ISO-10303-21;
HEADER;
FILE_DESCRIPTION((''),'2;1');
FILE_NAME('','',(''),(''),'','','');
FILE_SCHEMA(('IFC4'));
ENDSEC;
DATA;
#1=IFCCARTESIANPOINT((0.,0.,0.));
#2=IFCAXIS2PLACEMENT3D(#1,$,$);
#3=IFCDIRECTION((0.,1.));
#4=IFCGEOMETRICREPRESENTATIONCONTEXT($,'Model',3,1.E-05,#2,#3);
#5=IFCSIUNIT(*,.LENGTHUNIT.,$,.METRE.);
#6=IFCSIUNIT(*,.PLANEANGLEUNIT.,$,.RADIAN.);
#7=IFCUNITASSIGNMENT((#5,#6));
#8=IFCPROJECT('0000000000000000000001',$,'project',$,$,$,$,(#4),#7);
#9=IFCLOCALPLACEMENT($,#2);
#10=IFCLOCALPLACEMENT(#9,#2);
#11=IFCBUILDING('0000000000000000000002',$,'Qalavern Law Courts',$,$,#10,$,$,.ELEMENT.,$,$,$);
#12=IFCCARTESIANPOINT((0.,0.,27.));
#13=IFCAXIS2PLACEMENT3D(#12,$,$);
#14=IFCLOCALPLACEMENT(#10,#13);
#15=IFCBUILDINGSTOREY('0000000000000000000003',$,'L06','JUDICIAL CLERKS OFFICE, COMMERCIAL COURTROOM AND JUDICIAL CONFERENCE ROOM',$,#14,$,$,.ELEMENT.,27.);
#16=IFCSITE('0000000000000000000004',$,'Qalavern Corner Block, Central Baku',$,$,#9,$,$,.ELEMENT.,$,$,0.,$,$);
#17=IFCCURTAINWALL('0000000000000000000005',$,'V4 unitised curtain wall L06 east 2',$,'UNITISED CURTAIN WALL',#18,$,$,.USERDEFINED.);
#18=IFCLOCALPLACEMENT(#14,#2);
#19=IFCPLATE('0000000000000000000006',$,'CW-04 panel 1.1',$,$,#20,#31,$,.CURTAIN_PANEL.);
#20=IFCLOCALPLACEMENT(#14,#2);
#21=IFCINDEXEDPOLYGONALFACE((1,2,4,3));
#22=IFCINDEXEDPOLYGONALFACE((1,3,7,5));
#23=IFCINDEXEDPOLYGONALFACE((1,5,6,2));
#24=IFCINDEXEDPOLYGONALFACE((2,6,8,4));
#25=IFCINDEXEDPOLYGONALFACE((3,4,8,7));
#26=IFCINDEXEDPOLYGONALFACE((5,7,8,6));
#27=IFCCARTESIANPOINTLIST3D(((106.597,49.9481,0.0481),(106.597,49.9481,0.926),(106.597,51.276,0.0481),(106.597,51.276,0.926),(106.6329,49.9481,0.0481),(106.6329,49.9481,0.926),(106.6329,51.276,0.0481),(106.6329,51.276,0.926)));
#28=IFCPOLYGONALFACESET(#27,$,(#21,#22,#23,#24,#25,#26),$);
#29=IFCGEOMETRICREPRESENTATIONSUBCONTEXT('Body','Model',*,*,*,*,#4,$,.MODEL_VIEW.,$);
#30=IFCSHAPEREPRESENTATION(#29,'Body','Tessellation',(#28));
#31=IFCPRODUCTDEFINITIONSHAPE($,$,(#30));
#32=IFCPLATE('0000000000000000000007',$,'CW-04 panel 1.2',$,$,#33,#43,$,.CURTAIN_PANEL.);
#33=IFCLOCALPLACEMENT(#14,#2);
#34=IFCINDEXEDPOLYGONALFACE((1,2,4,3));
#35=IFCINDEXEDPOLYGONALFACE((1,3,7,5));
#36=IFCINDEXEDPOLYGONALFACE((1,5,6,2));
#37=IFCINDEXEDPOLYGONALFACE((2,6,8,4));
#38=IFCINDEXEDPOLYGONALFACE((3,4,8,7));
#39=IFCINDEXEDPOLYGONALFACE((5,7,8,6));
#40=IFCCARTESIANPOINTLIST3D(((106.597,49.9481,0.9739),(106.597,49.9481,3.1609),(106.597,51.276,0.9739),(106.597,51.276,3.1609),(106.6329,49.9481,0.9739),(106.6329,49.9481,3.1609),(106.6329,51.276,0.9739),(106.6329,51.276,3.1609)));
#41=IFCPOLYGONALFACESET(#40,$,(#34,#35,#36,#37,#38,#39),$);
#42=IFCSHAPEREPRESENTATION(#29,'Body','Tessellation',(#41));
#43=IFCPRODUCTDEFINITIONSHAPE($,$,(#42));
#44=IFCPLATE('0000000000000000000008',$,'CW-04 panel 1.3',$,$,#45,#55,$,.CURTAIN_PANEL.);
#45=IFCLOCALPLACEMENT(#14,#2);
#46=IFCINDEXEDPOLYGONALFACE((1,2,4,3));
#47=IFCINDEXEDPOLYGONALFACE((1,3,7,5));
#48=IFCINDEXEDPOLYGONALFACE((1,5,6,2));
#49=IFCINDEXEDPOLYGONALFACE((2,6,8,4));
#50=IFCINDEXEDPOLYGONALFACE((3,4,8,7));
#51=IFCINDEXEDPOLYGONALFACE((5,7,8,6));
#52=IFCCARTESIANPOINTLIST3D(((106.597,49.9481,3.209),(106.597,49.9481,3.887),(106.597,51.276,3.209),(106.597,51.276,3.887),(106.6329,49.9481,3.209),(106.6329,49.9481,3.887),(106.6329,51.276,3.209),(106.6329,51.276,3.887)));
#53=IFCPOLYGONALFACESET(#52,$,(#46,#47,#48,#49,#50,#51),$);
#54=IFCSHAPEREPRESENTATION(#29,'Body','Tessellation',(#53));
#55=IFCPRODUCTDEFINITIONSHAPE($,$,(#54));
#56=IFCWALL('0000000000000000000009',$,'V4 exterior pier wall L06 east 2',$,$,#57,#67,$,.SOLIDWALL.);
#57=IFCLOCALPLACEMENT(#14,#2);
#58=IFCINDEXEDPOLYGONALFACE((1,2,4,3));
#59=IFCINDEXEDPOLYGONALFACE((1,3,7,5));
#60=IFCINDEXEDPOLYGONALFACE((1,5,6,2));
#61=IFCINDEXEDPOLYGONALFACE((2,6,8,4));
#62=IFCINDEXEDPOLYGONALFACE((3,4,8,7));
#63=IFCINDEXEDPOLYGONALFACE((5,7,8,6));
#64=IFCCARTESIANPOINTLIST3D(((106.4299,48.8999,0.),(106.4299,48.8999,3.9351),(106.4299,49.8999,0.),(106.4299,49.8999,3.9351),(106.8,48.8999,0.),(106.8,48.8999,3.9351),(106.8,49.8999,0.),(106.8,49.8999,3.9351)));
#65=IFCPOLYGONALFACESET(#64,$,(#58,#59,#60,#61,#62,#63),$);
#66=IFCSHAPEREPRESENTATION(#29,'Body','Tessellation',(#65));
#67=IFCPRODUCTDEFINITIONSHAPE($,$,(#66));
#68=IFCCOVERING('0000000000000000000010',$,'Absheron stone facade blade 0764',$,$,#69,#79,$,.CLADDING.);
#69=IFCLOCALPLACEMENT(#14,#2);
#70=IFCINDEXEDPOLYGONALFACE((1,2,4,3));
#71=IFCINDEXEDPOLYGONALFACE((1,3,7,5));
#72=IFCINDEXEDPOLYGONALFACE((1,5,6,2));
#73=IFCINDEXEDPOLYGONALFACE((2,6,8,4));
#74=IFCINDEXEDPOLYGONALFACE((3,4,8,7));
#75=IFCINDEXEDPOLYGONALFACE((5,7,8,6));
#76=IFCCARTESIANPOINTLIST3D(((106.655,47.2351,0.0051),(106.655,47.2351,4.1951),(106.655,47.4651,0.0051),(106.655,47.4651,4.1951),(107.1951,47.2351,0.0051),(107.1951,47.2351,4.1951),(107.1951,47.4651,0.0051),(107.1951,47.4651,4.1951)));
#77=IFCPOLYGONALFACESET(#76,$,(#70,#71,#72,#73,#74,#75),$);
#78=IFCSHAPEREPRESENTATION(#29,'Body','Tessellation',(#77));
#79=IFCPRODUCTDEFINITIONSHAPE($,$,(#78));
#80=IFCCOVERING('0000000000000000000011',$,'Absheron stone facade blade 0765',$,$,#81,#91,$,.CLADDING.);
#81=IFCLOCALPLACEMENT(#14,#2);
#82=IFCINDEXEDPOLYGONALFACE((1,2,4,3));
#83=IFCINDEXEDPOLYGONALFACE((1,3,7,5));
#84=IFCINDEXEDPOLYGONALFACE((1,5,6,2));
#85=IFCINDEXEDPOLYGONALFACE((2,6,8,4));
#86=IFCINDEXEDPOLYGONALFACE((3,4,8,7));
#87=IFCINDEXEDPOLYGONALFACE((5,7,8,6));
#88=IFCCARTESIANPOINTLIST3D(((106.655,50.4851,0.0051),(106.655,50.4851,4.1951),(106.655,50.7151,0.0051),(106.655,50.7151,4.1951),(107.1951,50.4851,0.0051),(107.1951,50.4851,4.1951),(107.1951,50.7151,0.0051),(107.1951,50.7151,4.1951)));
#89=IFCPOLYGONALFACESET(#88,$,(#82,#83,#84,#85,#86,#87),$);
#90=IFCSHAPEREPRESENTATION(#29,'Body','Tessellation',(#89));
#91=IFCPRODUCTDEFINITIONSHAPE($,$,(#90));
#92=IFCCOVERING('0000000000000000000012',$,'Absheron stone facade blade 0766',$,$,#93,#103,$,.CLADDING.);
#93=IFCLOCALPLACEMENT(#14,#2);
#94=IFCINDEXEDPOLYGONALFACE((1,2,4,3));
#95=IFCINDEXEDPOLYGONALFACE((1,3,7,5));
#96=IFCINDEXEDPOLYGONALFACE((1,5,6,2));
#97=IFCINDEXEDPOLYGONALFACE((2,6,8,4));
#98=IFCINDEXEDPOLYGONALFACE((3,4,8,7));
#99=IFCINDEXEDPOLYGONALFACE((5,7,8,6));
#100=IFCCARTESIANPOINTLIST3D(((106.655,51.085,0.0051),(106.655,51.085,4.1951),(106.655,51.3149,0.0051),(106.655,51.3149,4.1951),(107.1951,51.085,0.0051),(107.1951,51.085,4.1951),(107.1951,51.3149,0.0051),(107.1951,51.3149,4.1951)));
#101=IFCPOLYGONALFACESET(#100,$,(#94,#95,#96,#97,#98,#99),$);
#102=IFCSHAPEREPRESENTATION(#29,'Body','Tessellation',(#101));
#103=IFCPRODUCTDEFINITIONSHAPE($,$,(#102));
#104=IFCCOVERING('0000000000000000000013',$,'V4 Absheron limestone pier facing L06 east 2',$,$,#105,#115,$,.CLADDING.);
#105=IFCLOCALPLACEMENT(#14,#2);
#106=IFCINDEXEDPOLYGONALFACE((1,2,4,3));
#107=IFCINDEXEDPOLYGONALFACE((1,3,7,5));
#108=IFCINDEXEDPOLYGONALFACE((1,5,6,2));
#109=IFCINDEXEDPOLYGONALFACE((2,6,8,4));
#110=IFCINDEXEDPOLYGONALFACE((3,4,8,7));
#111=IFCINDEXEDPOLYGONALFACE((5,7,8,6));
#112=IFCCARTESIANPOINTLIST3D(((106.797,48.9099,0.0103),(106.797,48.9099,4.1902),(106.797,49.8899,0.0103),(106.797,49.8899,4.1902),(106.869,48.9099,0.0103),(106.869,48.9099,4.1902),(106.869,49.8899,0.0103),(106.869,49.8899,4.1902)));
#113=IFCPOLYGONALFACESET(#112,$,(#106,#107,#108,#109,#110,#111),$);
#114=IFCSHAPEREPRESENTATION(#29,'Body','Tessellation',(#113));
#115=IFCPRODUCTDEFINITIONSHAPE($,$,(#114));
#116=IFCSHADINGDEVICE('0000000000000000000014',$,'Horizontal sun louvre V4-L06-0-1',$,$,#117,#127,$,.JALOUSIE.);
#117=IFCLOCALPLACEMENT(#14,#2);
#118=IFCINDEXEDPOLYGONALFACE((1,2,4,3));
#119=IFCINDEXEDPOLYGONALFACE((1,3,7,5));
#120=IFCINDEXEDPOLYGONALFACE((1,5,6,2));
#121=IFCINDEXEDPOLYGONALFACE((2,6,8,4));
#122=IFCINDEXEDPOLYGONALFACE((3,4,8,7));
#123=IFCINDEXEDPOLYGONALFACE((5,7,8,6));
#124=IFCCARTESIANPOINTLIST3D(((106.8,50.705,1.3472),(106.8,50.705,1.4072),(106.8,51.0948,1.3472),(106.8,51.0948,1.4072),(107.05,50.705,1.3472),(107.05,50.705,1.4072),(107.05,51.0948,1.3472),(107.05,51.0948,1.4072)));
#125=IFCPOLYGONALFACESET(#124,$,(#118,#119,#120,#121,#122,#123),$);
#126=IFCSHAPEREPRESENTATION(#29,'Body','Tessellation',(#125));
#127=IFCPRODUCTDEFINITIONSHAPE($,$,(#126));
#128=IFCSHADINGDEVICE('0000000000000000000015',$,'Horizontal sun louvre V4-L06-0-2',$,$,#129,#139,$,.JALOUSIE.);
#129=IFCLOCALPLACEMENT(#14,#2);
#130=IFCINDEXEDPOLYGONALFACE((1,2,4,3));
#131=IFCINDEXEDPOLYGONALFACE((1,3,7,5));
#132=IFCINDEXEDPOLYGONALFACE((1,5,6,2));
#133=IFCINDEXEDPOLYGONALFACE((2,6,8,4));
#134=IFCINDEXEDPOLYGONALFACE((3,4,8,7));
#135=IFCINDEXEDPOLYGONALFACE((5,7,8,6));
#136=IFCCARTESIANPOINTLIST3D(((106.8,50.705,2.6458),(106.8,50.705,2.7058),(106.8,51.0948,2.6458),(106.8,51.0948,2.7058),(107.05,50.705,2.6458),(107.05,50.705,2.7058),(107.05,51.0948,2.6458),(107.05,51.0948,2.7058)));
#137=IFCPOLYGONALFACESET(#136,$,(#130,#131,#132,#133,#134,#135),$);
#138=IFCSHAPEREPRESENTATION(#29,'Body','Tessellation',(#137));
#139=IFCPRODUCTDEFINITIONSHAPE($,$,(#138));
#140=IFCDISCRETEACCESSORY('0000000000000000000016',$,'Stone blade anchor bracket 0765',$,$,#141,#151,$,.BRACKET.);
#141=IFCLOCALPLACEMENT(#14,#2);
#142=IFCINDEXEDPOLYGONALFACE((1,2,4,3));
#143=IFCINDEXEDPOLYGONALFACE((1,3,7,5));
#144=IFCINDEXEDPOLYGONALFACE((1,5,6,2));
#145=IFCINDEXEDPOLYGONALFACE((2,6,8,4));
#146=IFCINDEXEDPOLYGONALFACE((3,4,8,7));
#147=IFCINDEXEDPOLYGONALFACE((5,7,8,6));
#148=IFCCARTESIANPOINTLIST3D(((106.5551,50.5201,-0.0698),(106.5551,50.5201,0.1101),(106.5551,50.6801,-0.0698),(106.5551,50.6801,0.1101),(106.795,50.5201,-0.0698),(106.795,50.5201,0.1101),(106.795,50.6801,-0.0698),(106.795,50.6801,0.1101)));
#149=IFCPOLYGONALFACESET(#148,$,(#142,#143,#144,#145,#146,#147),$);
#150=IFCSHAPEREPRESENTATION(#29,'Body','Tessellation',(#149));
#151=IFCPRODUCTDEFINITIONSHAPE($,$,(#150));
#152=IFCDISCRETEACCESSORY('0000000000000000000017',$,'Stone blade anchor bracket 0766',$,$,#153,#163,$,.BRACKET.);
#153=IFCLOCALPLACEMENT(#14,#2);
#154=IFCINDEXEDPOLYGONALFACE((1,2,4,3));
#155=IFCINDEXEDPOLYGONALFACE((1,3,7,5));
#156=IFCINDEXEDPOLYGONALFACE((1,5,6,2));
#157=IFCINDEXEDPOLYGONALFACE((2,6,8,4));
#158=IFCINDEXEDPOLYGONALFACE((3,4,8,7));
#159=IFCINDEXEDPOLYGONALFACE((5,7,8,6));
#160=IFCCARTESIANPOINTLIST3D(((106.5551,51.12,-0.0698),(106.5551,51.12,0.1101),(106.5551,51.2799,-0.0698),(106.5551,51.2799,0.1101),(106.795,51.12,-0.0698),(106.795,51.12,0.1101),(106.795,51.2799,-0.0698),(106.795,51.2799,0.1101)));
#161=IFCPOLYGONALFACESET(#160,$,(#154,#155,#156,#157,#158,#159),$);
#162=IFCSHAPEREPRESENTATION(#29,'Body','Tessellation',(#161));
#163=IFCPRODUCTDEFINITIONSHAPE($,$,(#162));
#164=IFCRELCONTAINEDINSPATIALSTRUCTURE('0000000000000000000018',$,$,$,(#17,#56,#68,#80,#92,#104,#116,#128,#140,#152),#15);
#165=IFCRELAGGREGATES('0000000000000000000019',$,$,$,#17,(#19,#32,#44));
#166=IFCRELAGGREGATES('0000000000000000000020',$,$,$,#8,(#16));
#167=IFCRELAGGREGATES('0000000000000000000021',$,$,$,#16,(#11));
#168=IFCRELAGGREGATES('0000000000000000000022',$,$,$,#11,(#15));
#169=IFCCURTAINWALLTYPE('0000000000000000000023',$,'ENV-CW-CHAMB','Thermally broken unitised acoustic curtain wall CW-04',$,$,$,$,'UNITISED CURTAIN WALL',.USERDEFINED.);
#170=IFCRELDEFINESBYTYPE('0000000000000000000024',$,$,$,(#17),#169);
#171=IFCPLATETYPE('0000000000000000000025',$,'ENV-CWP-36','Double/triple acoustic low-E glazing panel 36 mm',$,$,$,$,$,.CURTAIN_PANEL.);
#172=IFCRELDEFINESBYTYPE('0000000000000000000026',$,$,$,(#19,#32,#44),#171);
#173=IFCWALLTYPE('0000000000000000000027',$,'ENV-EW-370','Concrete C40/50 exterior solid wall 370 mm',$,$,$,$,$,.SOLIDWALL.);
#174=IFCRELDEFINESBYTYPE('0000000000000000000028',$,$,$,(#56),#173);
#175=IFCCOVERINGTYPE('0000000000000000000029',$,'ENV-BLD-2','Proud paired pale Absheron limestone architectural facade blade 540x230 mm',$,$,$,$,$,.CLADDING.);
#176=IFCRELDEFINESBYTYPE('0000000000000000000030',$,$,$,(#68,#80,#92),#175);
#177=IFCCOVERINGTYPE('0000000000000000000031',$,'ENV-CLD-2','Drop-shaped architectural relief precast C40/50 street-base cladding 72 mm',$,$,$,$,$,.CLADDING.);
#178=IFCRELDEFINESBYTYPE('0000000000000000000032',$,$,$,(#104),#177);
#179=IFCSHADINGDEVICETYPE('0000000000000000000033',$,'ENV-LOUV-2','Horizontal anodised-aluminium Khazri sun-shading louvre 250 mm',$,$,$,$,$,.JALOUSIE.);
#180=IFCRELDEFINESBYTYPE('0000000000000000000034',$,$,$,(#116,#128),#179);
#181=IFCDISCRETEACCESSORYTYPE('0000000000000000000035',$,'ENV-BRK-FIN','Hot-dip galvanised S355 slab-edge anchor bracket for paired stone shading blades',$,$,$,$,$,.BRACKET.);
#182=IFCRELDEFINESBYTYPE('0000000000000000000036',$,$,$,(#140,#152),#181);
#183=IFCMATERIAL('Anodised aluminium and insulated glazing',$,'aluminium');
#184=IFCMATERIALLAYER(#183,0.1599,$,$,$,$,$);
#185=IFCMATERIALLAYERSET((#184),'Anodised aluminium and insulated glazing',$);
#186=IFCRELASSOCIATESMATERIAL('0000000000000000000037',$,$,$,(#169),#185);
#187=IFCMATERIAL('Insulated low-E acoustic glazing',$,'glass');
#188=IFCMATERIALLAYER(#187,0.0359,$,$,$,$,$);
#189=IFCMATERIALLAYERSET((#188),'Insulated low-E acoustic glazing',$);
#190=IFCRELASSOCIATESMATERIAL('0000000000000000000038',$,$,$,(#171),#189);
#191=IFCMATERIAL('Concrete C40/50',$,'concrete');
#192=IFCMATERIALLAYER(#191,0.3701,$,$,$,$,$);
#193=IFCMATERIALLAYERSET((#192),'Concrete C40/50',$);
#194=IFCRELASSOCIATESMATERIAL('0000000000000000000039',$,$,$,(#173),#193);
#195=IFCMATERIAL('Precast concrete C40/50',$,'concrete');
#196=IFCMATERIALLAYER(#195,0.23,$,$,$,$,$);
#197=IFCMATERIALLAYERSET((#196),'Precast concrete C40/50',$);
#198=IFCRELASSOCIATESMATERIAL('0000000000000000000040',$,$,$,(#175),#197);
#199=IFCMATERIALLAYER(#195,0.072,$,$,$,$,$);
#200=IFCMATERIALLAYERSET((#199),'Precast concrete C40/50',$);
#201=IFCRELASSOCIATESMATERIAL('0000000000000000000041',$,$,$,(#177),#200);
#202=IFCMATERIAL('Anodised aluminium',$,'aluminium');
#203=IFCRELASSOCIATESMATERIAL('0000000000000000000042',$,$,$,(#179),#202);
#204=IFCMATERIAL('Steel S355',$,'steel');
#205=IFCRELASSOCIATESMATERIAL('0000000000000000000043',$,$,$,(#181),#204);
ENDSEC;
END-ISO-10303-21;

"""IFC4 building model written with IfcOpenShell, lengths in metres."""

from ifc_helpers import new_model, si_unit, direction, frame, frame_2d, origin, origin_2d, place, context, subcontext, project, spatial, rectangle, extrude, material, layer, layer_set, type_object, element, aggregate, save


model = new_model("IFC4")

# Units and contexts
model_context = context("Model", 3, precision=1e-05, world=origin(), true_north=direction((0.0, 1.0)))
body_context = subcontext(model_context, "Body", "Model", "MODEL_VIEW")
ifc_project = project(units=[si_unit("LENGTHUNIT", "METRE"), si_unit("PLANEANGLEUNIT", "RADIAN")], contexts=[model_context])

# Site, building, storey
site_placement = place(None, origin())
site = spatial("IfcSite", under=ifc_project, at=site_placement, Name="Qalavern Corner Block, Central Baku", CompositionType="ELEMENT", RefElevation=0.0)
building_placement = place(site_placement, origin())
building = spatial("IfcBuilding", under=site, at=building_placement, Name="Qalavern Law Courts", CompositionType="ELEMENT")
storey_placement = place(building_placement, frame((0.0, 0.0, 27.0)))
storey = spatial("IfcBuildingStorey", under=building, at=storey_placement, Name="L06", Description="JUDICIAL CLERKS OFFICE, COMMERCIAL COURTROOM AND JUDICIAL CONFERENCE ROOM", CompositionType="ELEMENT", Elevation=27.0)

# Curtain wall
ifc_material_1 = material(Name="Anodised aluminium and insulated glazing", Category="aluminium")
ifc_layer_1 = layer(ifc_material_1, 0.1599)
ifc_layer_set_1 = layer_set([ifc_layer_1], Name="Anodised aluminium and insulated glazing")
curtain_wall_type = type_object("IfcCurtainWallType", Name="ENV-CW-CHAMB", Description="Thermally broken unitised acoustic curtain wall CW-04", ElementType="UNITISED CURTAIN WALL", PredefinedType="USERDEFINED", material=ifc_layer_set_1)
ifc_material_2 = material(Name="Anodised aluminium", Category="aluminium")
curtain_wall_1_placement = place(storey_placement, origin())
curtain_wall_1 = element("IfcCurtainWall", 1, at=curtain_wall_1_placement, inside=storey, type_object=curtain_wall_type, Name="V4 unitised curtain wall L06 east 2", ObjectType="UNITISED CURTAIN WALL", PredefinedType="USERDEFINED")

# Shared definitions
ifc_material_3 = material(Name="Steel S355", Category="steel")

# Plates
ifc_material_4 = material(Name="Insulated low-E acoustic glazing", Category="glass")
ifc_layer_2 = layer(ifc_material_4, 0.0359)
ifc_layer_set_2 = layer_set([ifc_layer_2], Name="Insulated low-E acoustic glazing")
plate_type_1 = type_object("IfcPlateType", Name="ENV-CWP-36", Description="Double/triple acoustic low-E glazing panel 36 mm", PredefinedType="CURTAIN_PANEL", material=ifc_layer_set_2)
plate_1_placement = place(storey_placement, frame((106.615, 50.6121, 0.0481), z_axis=(0.0, 0.0, 1.0), x_axis=(0.0, 1.0, 0.0)))
plate_1 = element("IfcPlate", 2, at=plate_1_placement, type_object=plate_type_1, Name="CW-04 panel 1.1", PredefinedType="CURTAIN_PANEL", context=body_context, shape_type="SweptSolid", body=[
    extrude(rectangle(XDim=1.3279, YDim=0.0359, at=origin_2d()), origin(), (0.0, 0.0, 1.0), 0.8779),
])
plate_2_placement = place(storey_placement, frame((106.615, 50.6121, 0.9739), z_axis=(0.0, 0.0, 1.0), x_axis=(0.0, 1.0, 0.0)))
plate_2 = element("IfcPlate", 3, at=plate_2_placement, type_object=plate_type_1, Name="CW-04 panel 1.2", PredefinedType="CURTAIN_PANEL", context=body_context, shape_type="SweptSolid", body=[
    extrude(rectangle(XDim=1.3279, YDim=0.0359, at=origin_2d()), origin(), (0.0, 0.0, 1.0), 2.187),
])
plate_3_placement = place(storey_placement, frame((106.615, 50.6121, 3.209), z_axis=(0.0, 0.0, 1.0), x_axis=(0.0, 1.0, 0.0)))
plate_3 = element("IfcPlate", 4, at=plate_3_placement, type_object=plate_type_1, Name="CW-04 panel 1.3", PredefinedType="CURTAIN_PANEL", context=body_context, shape_type="SweptSolid", body=[
    extrude(rectangle(XDim=1.3279, YDim=0.0359, at=origin_2d()), origin(), (0.0, 0.0, 1.0), 0.678),
])
aggregate(curtain_wall_1, [plate_1, plate_2, plate_3])

# Wall
ifc_material_5 = material(Name="Concrete C40/50", Category="concrete")
ifc_layer_3 = layer(ifc_material_5, 0.3701)
ifc_layer_set_3 = layer_set([ifc_layer_3], Name="Concrete C40/50")
wall_type_1 = type_object("IfcWallType", Name="ENV-EW-370", Description="Concrete C40/50 exterior solid wall 370 mm", PredefinedType="SOLIDWALL", material=ifc_layer_set_3)
wall_1_placement = place(storey_placement, frame((106.615, 48.8999, 0.0), z_axis=(0.0, 0.0, 1.0), x_axis=(0.0, 1.0, 0.0)))
element("IfcWall", 5, at=wall_1_placement, inside=storey, type_object=wall_type_1, Name="V4 exterior pier wall L06 east 2", PredefinedType="SOLIDWALL", context=body_context, shape_type="SweptSolid", body=[
    extrude(rectangle(XDim=1.0, YDim=0.3701, at=frame_2d((0.5, 0.0))), origin(), (0.0, 0.0, 1.0), 3.9351),
])

# Coverings
ifc_material_6 = material(Name="Precast concrete C40/50", Category="concrete")
ifc_layer_4 = layer(ifc_material_6, 0.23)
ifc_layer_set_4 = layer_set([ifc_layer_4], Name="Precast concrete C40/50")
covering_type_1 = type_object("IfcCoveringType", Name="ENV-BLD-2", Description="Proud paired pale Absheron limestone architectural facade blade 540x230 mm", PredefinedType="CLADDING", material=ifc_layer_set_4)
for number, where, z_axis, x_axis, name in (
    (6, (106.925, 47.3501, 0.0051), (0.0, 0.0, 1.0), (1.0, 0.0, 0.0), "Absheron stone facade blade 0764"),
    (7, (106.925, 50.6001, 0.0051), (0.0, 0.0, 1.0), (1.0, 0.0, 0.0), "Absheron stone facade blade 0765"),
    (8, (106.925, 51.2, 0.0051), (0.0, 0.0, 1.0), (1.0, 0.0, 0.0), "Absheron stone facade blade 0766"),
):
    element("IfcCovering", number, at=place(storey_placement, frame(where, z_axis=z_axis, x_axis=x_axis)), inside=storey, type_object=covering_type_1, Name=name, PredefinedType="CLADDING", context=body_context, shape_type="SweptSolid", body=[
        extrude(rectangle(XDim=0.54, YDim=0.23, at=origin_2d()), origin(), (0.0, 0.0, 1.0), 4.1899),
    ])
ifc_layer_5 = layer(ifc_material_6, 0.072)
ifc_layer_set_5 = layer_set([ifc_layer_5], Name="Precast concrete C40/50")
covering_type_2 = type_object("IfcCoveringType", Name="ENV-CLD-2", Description="Drop-shaped architectural relief precast C40/50 street-base cladding 72 mm", PredefinedType="CLADDING", material=ifc_layer_set_5)
covering_placement = place(storey_placement, frame((106.833, 49.3999, 0.0103), z_axis=(0.0, 0.0, 1.0), x_axis=(0.0, 1.0, 0.0)))
element("IfcCovering", 9, at=covering_placement, inside=storey, type_object=covering_type_2, Name="V4 Absheron limestone pier facing L06 east 2", PredefinedType="CLADDING", context=body_context, shape_type="SweptSolid", body=[
    extrude(rectangle(XDim=0.98, YDim=0.072, at=origin_2d()), origin(), (0.0, 0.0, 1.0), 4.1799),
])

# Shading devices
shading_device_type = type_object("IfcShadingDeviceType", Name="ENV-LOUV-2", Description="Horizontal anodised-aluminium Khazri sun-shading louvre 250 mm", PredefinedType="JALOUSIE", material=ifc_material_2)
for number, where, z_axis, x_axis, name in (
    (10, (106.925, 50.8999, 1.3472), (0.0, 0.0, 1.0), (0.0, 1.0, 0.0), "Horizontal sun louvre V4-L06-0-1"),
    (11, (106.925, 50.8999, 2.6458), (0.0, 0.0, 1.0), (0.0, 1.0, 0.0), "Horizontal sun louvre V4-L06-0-2"),
):
    element("IfcShadingDevice", number, at=place(storey_placement, frame(where, z_axis=z_axis, x_axis=x_axis)), inside=storey, type_object=shading_device_type, Name=name, PredefinedType="JALOUSIE", context=body_context, shape_type="SweptSolid", body=[
        extrude(rectangle(XDim=0.3899, YDim=0.25, at=origin_2d()), origin(), (0.0, 0.0, 1.0), 0.0601),
    ])

# Discrete accessories
discrete_accessory_type = type_object("IfcDiscreteAccessoryType", Name="ENV-BRK-FIN", Description="Hot-dip galvanised S355 slab-edge anchor bracket for paired stone shading blades", PredefinedType="BRACKET", material=ifc_material_3)
for number, where, z_axis, x_axis, name in (
    (12, (106.675, 50.6001, -0.0698), (0.0, 0.0, 1.0), (1.0, 0.0, 0.0), "Stone blade anchor bracket 0765"),
    (13, (106.675, 51.2, -0.0698), (0.0, 0.0, 1.0), (1.0, 0.0, 0.0), "Stone blade anchor bracket 0766"),
):
    element("IfcDiscreteAccessory", number, at=place(storey_placement, frame(where, z_axis=z_axis, x_axis=x_axis)), inside=storey, type_object=discrete_accessory_type, Name=name, PredefinedType="BRACKET", context=body_context, shape_type="SweptSolid", body=[
        extrude(rectangle(XDim=0.24, YDim=0.1599, at=origin_2d()), origin(), (0.0, 0.0, 1.0), 0.1799),
    ])

save(model, "model.ifc")
